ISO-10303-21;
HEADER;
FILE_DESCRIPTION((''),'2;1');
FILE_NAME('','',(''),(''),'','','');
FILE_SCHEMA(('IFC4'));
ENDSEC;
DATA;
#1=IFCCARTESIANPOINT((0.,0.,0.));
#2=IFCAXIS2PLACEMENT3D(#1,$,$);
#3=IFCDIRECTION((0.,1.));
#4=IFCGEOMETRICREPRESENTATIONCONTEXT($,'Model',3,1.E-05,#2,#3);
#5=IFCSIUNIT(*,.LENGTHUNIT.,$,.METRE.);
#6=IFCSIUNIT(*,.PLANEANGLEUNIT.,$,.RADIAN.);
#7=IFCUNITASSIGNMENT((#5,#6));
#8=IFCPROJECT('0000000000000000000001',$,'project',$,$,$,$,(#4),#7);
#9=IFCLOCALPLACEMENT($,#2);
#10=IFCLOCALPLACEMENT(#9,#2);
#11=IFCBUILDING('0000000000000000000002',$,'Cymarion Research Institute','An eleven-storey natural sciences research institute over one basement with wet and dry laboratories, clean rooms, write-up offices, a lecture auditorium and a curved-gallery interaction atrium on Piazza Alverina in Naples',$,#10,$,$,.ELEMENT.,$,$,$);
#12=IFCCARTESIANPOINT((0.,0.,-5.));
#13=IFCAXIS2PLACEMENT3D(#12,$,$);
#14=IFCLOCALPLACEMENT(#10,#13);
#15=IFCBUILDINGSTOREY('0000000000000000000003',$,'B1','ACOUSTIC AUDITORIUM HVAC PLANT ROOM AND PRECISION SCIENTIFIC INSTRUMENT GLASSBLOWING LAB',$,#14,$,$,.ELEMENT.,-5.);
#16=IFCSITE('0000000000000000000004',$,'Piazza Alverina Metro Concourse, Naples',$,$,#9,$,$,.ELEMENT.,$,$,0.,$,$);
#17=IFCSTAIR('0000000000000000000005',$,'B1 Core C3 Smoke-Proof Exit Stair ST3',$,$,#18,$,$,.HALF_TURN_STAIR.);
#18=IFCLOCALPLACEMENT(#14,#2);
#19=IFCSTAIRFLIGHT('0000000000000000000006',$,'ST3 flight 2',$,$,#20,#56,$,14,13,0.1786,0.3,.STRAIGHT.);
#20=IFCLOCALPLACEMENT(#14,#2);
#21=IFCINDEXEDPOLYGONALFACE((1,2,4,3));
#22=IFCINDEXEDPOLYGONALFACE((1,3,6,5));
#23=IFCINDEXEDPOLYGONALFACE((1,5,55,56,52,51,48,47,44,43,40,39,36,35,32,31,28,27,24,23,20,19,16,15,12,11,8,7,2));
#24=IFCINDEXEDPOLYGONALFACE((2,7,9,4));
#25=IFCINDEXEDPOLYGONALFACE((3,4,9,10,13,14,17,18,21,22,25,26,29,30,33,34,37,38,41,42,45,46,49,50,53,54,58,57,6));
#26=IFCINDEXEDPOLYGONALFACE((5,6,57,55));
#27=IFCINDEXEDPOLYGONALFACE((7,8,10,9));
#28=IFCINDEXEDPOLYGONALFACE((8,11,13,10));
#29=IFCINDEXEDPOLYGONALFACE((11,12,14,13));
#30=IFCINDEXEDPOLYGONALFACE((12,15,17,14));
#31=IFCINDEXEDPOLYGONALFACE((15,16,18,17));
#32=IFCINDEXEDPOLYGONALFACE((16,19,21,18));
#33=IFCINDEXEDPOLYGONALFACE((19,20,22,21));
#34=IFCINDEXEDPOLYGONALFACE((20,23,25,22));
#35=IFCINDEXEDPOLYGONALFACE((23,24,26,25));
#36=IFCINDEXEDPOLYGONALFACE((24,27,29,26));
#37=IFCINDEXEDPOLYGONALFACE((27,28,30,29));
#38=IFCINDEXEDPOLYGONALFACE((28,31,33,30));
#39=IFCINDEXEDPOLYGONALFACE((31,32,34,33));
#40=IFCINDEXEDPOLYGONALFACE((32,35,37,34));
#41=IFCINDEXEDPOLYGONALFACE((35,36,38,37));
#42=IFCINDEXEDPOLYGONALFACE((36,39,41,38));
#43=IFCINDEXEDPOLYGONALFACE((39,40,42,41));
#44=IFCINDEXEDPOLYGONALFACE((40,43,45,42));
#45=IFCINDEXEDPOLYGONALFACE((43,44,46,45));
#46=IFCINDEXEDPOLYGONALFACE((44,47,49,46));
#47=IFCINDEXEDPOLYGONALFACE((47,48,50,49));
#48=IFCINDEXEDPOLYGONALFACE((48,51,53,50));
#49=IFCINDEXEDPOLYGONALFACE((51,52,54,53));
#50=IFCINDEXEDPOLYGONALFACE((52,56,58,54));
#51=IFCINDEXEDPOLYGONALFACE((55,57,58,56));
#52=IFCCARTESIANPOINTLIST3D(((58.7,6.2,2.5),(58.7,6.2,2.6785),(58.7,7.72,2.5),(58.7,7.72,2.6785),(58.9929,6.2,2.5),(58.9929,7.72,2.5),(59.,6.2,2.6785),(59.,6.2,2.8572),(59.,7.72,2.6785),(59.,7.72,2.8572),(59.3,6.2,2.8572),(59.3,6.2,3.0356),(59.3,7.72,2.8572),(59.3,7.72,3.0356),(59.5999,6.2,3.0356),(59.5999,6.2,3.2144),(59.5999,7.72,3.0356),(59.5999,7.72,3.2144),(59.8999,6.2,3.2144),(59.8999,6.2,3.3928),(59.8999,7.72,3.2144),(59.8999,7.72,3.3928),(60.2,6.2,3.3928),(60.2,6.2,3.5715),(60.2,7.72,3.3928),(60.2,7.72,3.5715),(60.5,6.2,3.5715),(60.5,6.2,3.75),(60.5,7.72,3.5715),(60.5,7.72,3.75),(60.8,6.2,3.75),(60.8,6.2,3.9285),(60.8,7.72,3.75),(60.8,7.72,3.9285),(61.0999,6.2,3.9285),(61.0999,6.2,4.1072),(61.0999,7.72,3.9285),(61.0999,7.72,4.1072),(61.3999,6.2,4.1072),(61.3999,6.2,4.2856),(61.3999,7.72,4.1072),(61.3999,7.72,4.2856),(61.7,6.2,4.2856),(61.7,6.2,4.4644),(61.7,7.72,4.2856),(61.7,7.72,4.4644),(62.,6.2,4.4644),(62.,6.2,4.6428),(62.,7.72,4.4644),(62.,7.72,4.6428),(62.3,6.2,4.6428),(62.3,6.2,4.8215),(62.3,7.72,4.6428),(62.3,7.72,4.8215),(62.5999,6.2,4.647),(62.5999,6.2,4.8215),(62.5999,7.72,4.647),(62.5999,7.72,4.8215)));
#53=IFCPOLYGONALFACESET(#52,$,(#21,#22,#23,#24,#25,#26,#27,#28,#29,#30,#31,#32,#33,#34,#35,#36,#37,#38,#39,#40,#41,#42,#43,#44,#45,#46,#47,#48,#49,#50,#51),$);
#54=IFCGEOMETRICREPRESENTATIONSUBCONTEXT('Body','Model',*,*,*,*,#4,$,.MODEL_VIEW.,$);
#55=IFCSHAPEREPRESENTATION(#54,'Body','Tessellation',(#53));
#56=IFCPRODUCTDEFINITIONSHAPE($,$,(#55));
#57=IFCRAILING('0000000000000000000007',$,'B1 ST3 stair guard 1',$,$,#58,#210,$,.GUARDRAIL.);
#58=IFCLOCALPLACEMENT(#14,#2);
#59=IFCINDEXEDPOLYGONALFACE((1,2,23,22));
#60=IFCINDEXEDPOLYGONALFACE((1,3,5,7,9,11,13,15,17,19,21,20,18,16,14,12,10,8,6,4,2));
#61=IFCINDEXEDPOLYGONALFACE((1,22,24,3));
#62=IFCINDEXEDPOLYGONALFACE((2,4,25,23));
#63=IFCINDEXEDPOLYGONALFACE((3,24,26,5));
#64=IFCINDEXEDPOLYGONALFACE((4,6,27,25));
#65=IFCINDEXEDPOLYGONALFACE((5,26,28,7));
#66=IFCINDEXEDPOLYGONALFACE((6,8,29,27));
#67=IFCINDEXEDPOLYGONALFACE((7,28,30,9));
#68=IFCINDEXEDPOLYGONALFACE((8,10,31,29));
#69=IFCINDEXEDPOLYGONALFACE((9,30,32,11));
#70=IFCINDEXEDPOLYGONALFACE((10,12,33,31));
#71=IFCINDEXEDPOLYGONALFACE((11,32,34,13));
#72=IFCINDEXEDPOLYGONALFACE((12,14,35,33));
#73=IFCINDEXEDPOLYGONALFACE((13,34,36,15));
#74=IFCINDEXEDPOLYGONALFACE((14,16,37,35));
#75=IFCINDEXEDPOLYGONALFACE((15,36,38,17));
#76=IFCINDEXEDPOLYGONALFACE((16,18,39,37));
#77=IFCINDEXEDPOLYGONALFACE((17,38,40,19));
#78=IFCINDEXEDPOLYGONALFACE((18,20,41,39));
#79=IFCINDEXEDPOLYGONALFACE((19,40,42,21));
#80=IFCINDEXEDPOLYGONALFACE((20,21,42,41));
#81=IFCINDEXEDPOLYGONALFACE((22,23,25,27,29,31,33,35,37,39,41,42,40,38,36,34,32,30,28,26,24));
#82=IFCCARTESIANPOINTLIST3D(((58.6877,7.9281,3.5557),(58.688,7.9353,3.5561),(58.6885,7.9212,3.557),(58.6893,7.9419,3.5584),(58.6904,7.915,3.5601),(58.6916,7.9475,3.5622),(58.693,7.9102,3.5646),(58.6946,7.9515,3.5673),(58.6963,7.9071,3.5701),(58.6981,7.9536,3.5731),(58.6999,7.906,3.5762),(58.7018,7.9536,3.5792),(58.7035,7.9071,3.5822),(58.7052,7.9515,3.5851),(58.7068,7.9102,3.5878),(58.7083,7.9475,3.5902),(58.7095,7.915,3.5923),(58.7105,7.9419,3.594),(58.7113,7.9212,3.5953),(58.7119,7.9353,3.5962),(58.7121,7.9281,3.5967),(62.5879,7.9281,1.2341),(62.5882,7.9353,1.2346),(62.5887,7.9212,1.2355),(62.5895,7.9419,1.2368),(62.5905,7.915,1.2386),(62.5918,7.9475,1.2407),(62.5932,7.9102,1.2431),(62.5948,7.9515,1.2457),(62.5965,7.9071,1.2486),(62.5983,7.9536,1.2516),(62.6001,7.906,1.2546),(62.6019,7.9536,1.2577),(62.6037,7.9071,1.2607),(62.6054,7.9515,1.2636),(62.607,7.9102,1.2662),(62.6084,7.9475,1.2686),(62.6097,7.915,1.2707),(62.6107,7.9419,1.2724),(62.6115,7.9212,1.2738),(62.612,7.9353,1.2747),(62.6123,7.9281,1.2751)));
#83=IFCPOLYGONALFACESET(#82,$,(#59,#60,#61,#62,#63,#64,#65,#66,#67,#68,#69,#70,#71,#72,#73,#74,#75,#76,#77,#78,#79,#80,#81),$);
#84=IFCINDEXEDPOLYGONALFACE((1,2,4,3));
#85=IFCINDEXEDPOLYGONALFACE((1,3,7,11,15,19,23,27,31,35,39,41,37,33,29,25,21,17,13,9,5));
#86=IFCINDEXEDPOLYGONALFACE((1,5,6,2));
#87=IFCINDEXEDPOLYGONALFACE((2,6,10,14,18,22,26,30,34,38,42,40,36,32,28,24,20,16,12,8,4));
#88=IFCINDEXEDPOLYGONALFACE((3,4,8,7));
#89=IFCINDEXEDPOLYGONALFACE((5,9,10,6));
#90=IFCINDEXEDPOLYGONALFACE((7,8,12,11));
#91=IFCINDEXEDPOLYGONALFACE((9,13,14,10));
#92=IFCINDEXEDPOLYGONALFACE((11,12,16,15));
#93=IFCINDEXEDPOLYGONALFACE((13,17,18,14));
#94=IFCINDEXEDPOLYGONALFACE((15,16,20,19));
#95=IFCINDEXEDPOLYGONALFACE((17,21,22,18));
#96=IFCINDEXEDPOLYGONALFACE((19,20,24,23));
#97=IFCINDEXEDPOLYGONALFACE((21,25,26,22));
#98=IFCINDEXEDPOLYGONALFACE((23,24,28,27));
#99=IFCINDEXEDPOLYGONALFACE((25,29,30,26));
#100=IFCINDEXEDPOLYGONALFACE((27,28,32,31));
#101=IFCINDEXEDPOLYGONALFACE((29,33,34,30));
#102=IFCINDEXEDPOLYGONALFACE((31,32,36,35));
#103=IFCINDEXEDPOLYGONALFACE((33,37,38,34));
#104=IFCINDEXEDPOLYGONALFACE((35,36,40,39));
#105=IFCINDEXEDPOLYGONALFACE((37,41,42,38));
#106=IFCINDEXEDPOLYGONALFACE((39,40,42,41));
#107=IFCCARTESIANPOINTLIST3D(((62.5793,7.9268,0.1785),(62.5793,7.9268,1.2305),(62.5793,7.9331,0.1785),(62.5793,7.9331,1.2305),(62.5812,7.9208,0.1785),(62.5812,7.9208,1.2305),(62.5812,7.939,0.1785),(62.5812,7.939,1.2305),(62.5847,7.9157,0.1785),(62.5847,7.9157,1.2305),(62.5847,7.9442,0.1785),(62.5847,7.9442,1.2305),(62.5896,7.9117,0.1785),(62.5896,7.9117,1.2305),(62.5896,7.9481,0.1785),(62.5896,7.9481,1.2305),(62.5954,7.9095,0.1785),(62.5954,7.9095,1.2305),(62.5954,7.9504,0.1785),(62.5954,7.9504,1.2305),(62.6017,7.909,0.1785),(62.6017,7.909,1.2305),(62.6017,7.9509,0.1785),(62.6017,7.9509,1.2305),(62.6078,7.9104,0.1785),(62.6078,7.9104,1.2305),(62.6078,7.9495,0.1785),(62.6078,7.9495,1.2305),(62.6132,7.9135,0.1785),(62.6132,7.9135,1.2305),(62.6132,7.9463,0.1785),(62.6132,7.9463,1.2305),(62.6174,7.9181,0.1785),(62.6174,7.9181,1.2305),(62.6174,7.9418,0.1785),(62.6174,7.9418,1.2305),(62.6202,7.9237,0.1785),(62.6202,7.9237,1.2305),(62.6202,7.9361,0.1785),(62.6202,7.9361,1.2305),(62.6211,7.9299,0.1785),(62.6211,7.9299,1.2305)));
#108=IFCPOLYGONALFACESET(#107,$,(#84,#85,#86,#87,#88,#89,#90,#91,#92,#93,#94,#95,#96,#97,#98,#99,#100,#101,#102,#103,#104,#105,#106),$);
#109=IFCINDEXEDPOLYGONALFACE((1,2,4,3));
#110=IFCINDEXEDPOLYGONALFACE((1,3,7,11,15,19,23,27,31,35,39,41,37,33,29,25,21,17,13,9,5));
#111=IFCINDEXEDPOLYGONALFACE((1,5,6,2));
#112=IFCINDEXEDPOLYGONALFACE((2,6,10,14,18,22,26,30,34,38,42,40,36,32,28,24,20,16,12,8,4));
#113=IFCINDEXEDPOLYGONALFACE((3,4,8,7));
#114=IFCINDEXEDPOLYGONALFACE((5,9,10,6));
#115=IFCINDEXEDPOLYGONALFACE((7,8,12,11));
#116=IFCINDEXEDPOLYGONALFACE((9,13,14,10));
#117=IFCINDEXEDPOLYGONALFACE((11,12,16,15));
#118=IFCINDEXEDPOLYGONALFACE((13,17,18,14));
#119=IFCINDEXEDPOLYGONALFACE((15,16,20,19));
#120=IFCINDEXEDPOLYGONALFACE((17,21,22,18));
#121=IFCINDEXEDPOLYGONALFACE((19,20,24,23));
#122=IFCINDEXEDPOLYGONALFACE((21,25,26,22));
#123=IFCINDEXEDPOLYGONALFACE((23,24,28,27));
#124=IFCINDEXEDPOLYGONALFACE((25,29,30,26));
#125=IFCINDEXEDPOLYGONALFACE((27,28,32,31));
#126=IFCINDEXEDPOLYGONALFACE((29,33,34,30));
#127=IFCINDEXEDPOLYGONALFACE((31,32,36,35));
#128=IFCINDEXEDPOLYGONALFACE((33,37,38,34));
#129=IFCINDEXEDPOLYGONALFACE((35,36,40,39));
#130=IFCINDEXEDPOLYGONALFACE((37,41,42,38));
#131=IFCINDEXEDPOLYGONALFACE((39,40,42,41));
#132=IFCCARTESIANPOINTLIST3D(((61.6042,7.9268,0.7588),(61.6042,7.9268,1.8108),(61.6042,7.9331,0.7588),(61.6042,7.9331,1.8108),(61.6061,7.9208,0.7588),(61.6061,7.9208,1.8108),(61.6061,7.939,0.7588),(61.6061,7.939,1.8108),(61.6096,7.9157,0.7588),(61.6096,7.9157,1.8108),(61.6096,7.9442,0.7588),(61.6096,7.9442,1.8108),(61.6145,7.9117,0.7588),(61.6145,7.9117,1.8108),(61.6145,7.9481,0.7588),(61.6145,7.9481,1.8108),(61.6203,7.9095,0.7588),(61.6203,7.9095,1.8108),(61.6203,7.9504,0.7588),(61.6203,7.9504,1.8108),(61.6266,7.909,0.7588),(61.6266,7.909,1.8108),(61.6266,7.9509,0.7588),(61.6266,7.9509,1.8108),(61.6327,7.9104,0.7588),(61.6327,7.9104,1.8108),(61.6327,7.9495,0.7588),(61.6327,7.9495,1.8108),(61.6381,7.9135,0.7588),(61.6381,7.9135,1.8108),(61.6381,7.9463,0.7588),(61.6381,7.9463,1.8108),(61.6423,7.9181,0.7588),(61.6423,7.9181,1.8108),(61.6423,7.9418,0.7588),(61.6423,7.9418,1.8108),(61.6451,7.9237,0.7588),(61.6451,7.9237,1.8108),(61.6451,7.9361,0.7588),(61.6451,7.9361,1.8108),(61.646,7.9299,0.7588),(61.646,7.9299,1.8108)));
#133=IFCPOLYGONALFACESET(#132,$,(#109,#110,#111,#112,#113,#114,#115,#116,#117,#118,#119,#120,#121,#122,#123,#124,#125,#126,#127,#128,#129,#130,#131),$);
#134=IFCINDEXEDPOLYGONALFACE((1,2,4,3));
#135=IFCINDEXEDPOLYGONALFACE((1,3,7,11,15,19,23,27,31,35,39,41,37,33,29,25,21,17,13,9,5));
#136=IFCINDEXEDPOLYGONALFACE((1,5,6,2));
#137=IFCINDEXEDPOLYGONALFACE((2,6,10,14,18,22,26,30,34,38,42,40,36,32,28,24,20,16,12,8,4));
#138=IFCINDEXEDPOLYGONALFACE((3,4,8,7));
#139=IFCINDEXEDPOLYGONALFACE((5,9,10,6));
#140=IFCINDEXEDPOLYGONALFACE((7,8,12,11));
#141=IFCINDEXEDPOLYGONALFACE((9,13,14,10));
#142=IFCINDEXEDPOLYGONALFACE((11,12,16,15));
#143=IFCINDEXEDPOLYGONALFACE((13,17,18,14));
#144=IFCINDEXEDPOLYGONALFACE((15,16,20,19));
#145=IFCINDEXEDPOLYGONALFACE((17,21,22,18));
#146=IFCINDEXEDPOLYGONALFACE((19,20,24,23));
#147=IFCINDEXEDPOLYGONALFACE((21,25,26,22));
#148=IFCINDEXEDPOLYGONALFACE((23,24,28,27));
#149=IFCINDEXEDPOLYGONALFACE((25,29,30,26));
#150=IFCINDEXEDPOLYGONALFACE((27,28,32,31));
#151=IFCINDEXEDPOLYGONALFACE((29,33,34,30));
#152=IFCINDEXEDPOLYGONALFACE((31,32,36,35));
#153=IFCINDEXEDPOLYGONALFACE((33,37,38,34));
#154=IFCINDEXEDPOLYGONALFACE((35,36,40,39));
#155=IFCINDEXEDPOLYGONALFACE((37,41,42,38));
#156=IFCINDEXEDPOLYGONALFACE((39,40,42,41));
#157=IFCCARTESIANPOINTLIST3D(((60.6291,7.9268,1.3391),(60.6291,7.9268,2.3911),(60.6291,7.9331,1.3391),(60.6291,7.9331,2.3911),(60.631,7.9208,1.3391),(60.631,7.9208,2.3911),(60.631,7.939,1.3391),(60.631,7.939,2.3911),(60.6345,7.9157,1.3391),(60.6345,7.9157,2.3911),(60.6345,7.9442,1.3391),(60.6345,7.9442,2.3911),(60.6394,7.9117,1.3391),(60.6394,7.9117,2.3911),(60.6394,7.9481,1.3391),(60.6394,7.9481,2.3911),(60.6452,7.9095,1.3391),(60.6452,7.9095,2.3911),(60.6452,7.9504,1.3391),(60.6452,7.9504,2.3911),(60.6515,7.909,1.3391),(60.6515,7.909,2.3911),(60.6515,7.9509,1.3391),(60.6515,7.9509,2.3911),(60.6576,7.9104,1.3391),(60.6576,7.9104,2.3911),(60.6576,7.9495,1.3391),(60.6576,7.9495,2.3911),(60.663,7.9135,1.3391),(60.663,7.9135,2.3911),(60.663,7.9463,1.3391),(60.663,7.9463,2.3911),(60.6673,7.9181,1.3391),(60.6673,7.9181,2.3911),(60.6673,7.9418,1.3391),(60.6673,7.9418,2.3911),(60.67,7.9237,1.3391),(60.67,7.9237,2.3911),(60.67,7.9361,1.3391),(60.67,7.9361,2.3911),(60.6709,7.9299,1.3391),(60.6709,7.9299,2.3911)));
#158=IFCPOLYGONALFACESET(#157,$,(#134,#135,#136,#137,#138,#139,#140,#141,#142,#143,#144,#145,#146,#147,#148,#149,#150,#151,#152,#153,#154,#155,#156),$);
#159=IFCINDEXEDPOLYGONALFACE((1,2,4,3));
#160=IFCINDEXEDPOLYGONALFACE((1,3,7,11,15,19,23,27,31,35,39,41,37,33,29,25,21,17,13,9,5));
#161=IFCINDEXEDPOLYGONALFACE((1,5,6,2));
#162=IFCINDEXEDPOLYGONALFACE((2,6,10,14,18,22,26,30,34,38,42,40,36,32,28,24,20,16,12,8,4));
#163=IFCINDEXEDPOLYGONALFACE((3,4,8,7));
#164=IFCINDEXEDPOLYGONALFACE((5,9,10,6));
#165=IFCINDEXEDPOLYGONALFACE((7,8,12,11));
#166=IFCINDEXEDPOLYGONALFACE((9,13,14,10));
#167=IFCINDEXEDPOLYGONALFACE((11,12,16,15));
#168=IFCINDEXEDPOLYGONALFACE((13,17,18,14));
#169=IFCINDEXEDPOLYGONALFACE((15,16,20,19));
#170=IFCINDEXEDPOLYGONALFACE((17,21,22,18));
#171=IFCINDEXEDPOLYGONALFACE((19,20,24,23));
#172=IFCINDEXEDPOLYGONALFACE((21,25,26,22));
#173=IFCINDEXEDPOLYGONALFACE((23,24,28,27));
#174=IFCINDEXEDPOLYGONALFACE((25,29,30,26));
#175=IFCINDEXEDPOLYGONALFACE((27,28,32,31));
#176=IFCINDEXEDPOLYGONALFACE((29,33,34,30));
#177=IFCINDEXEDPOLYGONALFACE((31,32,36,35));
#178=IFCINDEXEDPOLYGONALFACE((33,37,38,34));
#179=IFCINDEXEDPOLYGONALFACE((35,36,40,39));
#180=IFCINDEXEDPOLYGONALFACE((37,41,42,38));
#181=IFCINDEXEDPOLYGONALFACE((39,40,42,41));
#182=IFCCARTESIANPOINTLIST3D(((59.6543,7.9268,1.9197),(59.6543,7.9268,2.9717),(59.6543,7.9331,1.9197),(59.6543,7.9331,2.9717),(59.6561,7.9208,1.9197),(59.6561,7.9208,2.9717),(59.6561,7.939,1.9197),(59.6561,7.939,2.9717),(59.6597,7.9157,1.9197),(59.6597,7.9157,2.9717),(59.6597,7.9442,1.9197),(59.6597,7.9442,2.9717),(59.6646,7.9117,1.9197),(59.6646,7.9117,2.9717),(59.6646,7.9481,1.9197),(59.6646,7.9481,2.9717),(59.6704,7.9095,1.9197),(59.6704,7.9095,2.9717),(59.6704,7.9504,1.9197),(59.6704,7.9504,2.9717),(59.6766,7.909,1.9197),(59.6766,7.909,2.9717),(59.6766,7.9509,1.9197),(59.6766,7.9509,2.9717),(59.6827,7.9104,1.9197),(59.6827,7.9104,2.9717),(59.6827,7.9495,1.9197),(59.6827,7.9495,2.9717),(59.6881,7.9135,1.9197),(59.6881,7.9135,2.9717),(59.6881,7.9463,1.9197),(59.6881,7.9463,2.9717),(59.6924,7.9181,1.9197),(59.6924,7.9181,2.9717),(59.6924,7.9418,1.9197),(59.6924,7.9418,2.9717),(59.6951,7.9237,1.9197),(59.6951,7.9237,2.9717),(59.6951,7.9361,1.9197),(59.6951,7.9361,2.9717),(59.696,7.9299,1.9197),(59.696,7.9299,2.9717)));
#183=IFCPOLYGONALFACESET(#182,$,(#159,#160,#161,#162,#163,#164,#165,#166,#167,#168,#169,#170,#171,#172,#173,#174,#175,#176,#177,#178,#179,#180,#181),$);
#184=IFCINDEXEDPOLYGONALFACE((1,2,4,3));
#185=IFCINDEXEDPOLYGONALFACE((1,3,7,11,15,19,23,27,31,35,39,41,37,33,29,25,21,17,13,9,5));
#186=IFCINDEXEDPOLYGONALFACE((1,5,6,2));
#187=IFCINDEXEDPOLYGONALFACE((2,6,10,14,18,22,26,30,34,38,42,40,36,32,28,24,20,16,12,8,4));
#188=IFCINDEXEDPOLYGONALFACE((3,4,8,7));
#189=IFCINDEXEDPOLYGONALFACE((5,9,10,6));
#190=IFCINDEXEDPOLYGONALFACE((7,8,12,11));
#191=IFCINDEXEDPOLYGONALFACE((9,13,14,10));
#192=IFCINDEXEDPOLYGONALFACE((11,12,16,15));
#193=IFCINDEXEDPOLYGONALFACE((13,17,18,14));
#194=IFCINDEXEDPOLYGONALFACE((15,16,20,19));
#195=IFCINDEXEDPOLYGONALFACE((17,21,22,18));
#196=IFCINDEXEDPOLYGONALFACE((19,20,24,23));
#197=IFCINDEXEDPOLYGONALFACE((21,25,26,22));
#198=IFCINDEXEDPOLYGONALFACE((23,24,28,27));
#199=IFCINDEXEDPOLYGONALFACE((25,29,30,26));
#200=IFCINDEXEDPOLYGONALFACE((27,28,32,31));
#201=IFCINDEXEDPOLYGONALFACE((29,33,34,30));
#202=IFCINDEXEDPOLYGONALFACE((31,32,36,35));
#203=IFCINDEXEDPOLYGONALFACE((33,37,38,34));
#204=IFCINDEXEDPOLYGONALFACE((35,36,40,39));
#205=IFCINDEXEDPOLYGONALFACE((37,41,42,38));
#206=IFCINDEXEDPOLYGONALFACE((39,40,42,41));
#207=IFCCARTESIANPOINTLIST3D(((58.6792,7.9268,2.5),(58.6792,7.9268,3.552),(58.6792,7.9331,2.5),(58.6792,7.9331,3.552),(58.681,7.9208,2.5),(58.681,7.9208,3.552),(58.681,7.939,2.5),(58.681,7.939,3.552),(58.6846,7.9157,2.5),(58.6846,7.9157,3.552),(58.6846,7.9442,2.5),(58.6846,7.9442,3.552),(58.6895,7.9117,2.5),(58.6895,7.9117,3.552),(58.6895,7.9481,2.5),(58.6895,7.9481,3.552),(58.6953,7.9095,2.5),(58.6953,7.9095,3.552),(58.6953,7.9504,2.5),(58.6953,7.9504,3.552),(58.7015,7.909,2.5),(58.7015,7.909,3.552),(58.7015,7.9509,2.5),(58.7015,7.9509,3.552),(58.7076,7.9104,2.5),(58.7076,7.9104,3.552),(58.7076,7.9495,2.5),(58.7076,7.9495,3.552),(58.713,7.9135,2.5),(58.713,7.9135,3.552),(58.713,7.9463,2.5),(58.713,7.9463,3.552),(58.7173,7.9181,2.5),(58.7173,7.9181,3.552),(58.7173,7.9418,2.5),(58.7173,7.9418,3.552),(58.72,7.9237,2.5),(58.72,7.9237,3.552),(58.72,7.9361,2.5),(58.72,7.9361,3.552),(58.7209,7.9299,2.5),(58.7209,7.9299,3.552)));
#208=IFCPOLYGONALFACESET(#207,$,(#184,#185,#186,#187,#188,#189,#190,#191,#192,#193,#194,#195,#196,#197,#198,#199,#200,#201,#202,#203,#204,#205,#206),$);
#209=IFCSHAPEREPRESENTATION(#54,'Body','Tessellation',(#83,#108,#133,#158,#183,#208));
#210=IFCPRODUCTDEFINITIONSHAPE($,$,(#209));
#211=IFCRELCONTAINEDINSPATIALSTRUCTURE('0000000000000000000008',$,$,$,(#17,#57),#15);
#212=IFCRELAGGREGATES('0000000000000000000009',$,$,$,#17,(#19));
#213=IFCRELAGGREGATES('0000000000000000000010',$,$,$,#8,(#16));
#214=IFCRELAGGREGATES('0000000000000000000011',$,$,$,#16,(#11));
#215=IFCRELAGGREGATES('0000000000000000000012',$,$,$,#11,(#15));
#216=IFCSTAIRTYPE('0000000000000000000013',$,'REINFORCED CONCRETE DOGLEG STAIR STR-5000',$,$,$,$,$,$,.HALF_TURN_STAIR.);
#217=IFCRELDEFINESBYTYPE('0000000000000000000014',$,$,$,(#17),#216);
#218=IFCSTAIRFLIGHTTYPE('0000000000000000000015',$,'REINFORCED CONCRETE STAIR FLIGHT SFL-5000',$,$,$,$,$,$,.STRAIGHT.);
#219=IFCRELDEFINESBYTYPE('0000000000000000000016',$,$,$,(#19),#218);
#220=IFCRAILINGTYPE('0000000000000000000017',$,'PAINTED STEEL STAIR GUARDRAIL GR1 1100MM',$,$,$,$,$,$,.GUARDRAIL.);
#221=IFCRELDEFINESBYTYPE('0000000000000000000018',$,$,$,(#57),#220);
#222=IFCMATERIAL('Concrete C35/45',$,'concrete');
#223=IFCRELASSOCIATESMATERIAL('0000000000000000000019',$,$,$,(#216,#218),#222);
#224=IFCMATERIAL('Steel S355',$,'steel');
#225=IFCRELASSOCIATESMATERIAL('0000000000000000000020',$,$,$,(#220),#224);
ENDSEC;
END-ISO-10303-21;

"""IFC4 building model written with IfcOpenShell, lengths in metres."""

from ifc_helpers import new_model, si_unit, direction, frame, origin, origin_2d, place, context, subcontext, project, spatial, polyline, circle, outline, extrude, material, type_object, element, aggregate, save


model = new_model("IFC4")

# Units and contexts
model_context = context("Model", 3, precision=1e-05, world=origin(), true_north=direction((0.0, 1.0)))
body_context = subcontext(model_context, "Body", "Model", "MODEL_VIEW")
ifc_project = project(units=[si_unit("LENGTHUNIT", "METRE"), si_unit("PLANEANGLEUNIT", "RADIAN")], contexts=[model_context])

# Site, building, storey
site_placement = place(None, origin())
site = spatial("IfcSite", under=ifc_project, at=site_placement, Name="Piazza Alverina Metro Concourse, Naples", CompositionType="ELEMENT", RefElevation=0.0)
building_placement = place(site_placement, origin())
building = spatial("IfcBuilding", under=site, at=building_placement, Name="Cymarion Research Institute", Description="An eleven-storey natural sciences research institute over one basement with wet and dry laboratories, clean rooms, write-up offices, a lecture auditorium and a curved-gallery interaction atrium on Piazza Alverina in Naples", CompositionType="ELEMENT")
storey_placement = place(building_placement, frame((0.0, 0.0, -5.0)))
storey = spatial("IfcBuildingStorey", under=building, at=storey_placement, Name="B1", Description="ACOUSTIC AUDITORIUM HVAC PLANT ROOM AND PRECISION SCIENTIFIC INSTRUMENT GLASSBLOWING LAB", CompositionType="ELEMENT", Elevation=-5.0)

# Shared definitions
ifc_material_1 = material(Name="Concrete C35/45", Category="concrete")

# Shared definitions
ifc_material_2 = material(Name="Steel S355", Category="steel")

# Stair, stair flight
stair_type = type_object("IfcStairType", Name="REINFORCED CONCRETE DOGLEG STAIR STR-5000", PredefinedType="HALF_TURN_STAIR", material=ifc_material_1)
stair_placement = place(storey_placement, origin())
stair = element("IfcStair", 1, at=stair_placement, inside=storey, type_object=stair_type, Name="B1 Core C3 Smoke-Proof Exit Stair ST3", PredefinedType="HALF_TURN_STAIR")
stair_flight_type = type_object("IfcStairFlightType", Name="REINFORCED CONCRETE STAIR FLIGHT SFL-5000", PredefinedType="STRAIGHT", material=ifc_material_1)
stair_flight_1_placement = place(storey_placement, frame((58.7, 6.96, 2.5), z_axis=(0.0, 0.0, 1.0), x_axis=(1.0, 0.0, 0.0)))
stair_flight_1 = element("IfcStairFlight", 2, at=stair_flight_1_placement, type_object=stair_flight_type, Name="ST3 flight 2", NumberOfRisers=14, NumberOfTreads=13, PredefinedType="STRAIGHT", RiserHeight=0.1786, TreadLength=0.3, context=body_context, shape_type="SweptSolid", body=[
    extrude(outline(polyline([(0.0, 0.0), (0.0, 0.1785), (0.3, 0.1785), (0.3, 0.3572), (0.6001, 0.3572), (0.6001, 0.5356), (0.8999, 0.5356), (0.8999, 0.7144), (1.2, 0.7144), (1.2, 0.8928), (1.5, 0.8928), (1.5, 1.0715), (1.8, 1.0715), (1.8, 1.25), (2.1001, 1.25), (2.1001, 1.4285), (2.3999, 1.4285), (2.3999, 1.6072), (2.7, 1.6072), (2.7, 1.7856), (3.0, 1.7856), (3.0, 1.9644), (3.3, 1.9644), (3.3, 2.1428), (3.6001, 2.1428), (3.6001, 2.3215), (3.8999, 2.3215), (3.8999, 2.5), (3.8999, 2.147), (0.293, 0.0), (0.0, 0.0)])), frame((0.0, 0.76, 0.0), z_axis=(0.0, -1.0, 0.0), x_axis=(1.0, 0.0, 0.0)), (0.0, 0.0, 1.0), 1.52),
])
aggregate(stair, [stair_flight_1])

# Railing
railing_type_1 = type_object("IfcRailingType", Name="PAINTED STEEL STAIR GUARDRAIL GR1 1100MM", PredefinedType="GUARDRAIL", material=ifc_material_2)
railing_1_placement = place(storey_placement, frame((62.6001, 7.9299, 0.1785)))
element("IfcRailing", 3, at=railing_1_placement, inside=storey, type_object=railing_type_1, Name="B1 ST3 stair guard 1", PredefinedType="GUARDRAIL", context=body_context, shape_type="SweptSolid", body=[
    extrude(circle(Radius=0.0239, at=origin_2d()), frame((0.0, 0.0, 1.0762), z_axis=(-0.859291, 0.0, 0.511487), x_axis=(0.0, -1.0, 0.0)), (0.0, 0.0, 1.0), 4.5388),
    extrude(circle(Radius=0.021, at=origin_2d()), origin(), (0.0, 0.0, 1.0), 1.052),
    extrude(circle(Radius=0.021, at=origin_2d()), frame((-0.9751, 0.0, 0.5803)), (0.0, 0.0, 1.0), 1.052),
    extrude(circle(Radius=0.021, at=origin_2d()), frame((-1.9502, 0.0, 1.1606)), (0.0, 0.0, 1.0), 1.052),
    extrude(circle(Radius=0.021, at=origin_2d()), frame((-2.925, 0.0, 1.7412)), (0.0, 0.0, 1.0), 1.052),
    extrude(circle(Radius=0.021, at=origin_2d()), frame((-3.9001, 0.0, 2.3215)), (0.0, 0.0, 1.0), 1.052),
])

save(model, "model.ifc")
